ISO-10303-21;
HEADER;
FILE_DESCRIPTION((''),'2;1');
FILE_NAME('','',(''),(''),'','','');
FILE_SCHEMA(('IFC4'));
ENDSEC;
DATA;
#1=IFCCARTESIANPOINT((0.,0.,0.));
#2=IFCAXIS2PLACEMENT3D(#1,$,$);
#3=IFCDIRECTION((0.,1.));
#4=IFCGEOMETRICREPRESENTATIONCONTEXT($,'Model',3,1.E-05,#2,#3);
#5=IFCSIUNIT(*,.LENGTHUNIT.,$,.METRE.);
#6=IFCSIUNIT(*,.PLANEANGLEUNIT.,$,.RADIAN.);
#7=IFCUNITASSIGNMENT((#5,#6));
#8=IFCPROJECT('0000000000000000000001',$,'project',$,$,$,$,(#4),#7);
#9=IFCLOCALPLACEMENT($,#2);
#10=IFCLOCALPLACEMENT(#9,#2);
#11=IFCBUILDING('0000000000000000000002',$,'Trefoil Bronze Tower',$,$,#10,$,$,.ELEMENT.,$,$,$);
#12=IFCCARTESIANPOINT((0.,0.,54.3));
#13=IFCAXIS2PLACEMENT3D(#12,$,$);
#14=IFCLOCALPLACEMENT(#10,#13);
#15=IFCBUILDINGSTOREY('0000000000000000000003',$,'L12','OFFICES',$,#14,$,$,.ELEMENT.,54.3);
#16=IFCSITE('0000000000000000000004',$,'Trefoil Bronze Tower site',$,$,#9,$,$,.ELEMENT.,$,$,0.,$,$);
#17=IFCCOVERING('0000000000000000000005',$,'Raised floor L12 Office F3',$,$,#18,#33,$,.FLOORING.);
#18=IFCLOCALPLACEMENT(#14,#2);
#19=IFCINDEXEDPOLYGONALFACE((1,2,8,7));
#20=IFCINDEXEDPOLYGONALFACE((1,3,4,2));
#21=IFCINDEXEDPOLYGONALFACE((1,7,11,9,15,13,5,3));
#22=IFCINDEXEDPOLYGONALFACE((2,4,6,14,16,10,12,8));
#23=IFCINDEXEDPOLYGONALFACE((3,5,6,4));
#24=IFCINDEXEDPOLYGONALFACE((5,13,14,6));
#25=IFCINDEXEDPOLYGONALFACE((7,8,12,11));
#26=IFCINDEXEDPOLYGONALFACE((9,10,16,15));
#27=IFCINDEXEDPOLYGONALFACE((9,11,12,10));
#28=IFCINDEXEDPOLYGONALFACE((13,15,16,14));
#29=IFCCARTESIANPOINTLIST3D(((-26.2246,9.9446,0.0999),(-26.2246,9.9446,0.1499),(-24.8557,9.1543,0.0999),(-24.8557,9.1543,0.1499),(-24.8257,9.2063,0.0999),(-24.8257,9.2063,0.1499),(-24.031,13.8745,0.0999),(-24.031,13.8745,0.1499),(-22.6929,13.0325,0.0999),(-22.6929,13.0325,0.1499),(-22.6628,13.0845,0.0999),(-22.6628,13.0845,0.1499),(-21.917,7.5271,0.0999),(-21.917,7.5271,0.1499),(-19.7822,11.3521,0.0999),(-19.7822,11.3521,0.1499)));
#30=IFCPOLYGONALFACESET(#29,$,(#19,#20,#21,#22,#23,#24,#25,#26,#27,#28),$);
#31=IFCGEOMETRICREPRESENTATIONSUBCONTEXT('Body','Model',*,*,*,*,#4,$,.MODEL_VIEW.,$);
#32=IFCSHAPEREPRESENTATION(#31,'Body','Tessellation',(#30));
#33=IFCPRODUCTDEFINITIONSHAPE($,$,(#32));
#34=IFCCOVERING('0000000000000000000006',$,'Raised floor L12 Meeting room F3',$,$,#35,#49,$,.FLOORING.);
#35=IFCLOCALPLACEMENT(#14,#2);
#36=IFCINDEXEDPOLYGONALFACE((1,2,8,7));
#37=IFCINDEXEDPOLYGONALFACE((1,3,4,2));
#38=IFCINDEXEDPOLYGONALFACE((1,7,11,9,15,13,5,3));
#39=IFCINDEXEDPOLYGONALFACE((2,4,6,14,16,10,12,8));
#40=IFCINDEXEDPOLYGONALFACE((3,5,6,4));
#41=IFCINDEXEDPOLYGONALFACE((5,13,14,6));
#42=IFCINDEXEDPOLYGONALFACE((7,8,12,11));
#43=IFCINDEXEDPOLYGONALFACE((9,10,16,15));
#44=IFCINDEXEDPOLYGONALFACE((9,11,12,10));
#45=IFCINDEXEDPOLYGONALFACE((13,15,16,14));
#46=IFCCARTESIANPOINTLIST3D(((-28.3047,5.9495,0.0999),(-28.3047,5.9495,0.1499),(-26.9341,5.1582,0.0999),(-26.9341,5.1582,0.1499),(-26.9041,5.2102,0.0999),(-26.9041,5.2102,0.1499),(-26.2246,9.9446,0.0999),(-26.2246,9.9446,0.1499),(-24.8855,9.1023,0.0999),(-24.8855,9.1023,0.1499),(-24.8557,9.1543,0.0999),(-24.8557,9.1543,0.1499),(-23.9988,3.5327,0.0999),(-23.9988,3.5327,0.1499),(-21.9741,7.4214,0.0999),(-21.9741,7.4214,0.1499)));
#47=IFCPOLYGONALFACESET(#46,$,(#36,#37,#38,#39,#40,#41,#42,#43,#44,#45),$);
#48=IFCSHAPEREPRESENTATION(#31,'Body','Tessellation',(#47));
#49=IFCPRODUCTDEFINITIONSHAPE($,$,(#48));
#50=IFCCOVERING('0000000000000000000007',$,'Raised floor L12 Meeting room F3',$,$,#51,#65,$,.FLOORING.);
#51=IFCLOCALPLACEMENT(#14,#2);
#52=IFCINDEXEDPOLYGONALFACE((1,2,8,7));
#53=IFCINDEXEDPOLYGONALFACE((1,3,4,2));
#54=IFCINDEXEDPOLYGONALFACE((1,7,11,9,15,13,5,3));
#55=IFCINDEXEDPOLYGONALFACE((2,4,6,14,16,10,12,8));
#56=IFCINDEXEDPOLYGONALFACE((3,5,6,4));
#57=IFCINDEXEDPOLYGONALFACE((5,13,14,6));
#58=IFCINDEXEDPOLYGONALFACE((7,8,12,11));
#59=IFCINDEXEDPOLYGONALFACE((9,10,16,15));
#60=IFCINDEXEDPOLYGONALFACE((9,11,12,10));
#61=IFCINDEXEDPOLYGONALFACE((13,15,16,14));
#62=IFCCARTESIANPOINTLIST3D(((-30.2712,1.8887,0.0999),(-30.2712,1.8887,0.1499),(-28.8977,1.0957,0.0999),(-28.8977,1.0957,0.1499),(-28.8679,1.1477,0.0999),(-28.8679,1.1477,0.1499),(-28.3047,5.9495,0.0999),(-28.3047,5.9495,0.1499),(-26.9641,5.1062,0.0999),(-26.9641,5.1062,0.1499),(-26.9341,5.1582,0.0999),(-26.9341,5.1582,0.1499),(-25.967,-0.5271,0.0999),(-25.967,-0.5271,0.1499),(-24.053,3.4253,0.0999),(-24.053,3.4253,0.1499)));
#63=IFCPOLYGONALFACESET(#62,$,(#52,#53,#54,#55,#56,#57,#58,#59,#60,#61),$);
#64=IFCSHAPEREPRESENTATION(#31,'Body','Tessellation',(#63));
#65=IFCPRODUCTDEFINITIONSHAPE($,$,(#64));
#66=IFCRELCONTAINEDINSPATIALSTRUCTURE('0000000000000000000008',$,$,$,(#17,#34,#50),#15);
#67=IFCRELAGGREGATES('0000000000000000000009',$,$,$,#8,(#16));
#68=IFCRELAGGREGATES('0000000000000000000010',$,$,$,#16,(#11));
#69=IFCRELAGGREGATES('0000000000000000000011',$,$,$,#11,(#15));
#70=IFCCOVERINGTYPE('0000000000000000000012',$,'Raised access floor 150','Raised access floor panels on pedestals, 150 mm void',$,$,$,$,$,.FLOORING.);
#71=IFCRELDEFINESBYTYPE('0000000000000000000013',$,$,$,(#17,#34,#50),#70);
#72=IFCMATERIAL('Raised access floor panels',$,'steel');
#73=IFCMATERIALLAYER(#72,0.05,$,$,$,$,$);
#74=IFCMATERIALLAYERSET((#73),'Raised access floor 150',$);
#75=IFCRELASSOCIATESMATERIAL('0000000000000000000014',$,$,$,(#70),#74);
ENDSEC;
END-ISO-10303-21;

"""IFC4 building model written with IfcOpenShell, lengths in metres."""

from ifc_helpers import new_model, si_unit, direction, frame, origin, place, context, subcontext, project, spatial, polyline, outline, extrude, material, layer, layer_set, type_object, element, save


model = new_model("IFC4")

# Units and contexts
model_context = context("Model", 3, precision=1e-05, world=origin(), true_north=direction((0.0, 1.0)))
body_context = subcontext(model_context, "Body", "Model", "MODEL_VIEW")
ifc_project = project(units=[si_unit("LENGTHUNIT", "METRE"), si_unit("PLANEANGLEUNIT", "RADIAN")], contexts=[model_context])

# Site, building, storey
site_placement = place(None, origin())
site = spatial("IfcSite", under=ifc_project, at=site_placement, Name="Trefoil Bronze Tower site", CompositionType="ELEMENT", RefElevation=0.0)
building_placement = place(site_placement, origin())
building = spatial("IfcBuilding", under=site, at=building_placement, Name="Trefoil Bronze Tower", CompositionType="ELEMENT")
storey_placement = place(building_placement, frame((0.0, 0.0, 54.3)))
storey = spatial("IfcBuildingStorey", under=building, at=storey_placement, Name="L12", Description="OFFICES", CompositionType="ELEMENT", Elevation=54.3)

# Coverings
ifc_material_1 = material(Name="Raised access floor panels", Category="steel")
ifc_layer_1 = layer(ifc_material_1, 0.05)
ifc_layer_set_1 = layer_set([ifc_layer_1], Name="Raised access floor 150")
covering_type_1 = type_object("IfcCoveringType", Name="Raised access floor 150", Description="Raised access floor panels on pedestals, 150 mm void", PredefinedType="FLOORING", material=ifc_layer_set_1)
covering_1_placement = place(storey_placement, frame((0.0, 0.0, 0.0999)))
element("IfcCovering", 1, at=covering_1_placement, inside=storey, type_object=covering_type_1, Name="Raised floor L12 Office F3", PredefinedType="FLOORING", context=body_context, shape_type="SweptSolid", body=[
    extrude(outline(polyline([(-26.2246, 9.9446), (-24.031, 13.8745), (-22.6628, 13.0845), (-22.6929, 13.0325), (-19.7822, 11.3521), (-21.917, 7.5271), (-24.8257, 9.2063), (-24.8557, 9.1543), (-26.2246, 9.9446)])), origin(), (0.0, 0.0, 1.0), 0.05),
])
covering_2_placement = place(storey_placement, frame((0.0, 0.0, 0.0999)))
element("IfcCovering", 2, at=covering_2_placement, inside=storey, type_object=covering_type_1, Name="Raised floor L12 Meeting room F3", PredefinedType="FLOORING", context=body_context, shape_type="SweptSolid", body=[
    extrude(outline(polyline([(-28.3047, 5.9495), (-26.2246, 9.9446), (-24.8557, 9.1543), (-24.8855, 9.1023), (-21.9741, 7.4214), (-23.9988, 3.5327), (-26.9041, 5.2102), (-26.9341, 5.1582), (-28.3047, 5.9495)])), origin(), (0.0, 0.0, 1.0), 0.05),
])
covering_3_placement = place(storey_placement, frame((0.0, 0.0, 0.0999)))
element("IfcCovering", 3, at=covering_3_placement, inside=storey, type_object=covering_type_1, Name="Raised floor L12 Meeting room F3", PredefinedType="FLOORING", context=body_context, shape_type="SweptSolid", body=[
    extrude(outline(polyline([(-30.2712, 1.8887), (-28.3047, 5.9495), (-26.9341, 5.1582), (-26.9641, 5.1062), (-24.053, 3.4253), (-25.967, -0.5271), (-28.8679, 1.1477), (-28.8977, 1.0957), (-30.2712, 1.8887)])), origin(), (0.0, 0.0, 1.0), 0.05),
])

save(model, "model.ifc")
